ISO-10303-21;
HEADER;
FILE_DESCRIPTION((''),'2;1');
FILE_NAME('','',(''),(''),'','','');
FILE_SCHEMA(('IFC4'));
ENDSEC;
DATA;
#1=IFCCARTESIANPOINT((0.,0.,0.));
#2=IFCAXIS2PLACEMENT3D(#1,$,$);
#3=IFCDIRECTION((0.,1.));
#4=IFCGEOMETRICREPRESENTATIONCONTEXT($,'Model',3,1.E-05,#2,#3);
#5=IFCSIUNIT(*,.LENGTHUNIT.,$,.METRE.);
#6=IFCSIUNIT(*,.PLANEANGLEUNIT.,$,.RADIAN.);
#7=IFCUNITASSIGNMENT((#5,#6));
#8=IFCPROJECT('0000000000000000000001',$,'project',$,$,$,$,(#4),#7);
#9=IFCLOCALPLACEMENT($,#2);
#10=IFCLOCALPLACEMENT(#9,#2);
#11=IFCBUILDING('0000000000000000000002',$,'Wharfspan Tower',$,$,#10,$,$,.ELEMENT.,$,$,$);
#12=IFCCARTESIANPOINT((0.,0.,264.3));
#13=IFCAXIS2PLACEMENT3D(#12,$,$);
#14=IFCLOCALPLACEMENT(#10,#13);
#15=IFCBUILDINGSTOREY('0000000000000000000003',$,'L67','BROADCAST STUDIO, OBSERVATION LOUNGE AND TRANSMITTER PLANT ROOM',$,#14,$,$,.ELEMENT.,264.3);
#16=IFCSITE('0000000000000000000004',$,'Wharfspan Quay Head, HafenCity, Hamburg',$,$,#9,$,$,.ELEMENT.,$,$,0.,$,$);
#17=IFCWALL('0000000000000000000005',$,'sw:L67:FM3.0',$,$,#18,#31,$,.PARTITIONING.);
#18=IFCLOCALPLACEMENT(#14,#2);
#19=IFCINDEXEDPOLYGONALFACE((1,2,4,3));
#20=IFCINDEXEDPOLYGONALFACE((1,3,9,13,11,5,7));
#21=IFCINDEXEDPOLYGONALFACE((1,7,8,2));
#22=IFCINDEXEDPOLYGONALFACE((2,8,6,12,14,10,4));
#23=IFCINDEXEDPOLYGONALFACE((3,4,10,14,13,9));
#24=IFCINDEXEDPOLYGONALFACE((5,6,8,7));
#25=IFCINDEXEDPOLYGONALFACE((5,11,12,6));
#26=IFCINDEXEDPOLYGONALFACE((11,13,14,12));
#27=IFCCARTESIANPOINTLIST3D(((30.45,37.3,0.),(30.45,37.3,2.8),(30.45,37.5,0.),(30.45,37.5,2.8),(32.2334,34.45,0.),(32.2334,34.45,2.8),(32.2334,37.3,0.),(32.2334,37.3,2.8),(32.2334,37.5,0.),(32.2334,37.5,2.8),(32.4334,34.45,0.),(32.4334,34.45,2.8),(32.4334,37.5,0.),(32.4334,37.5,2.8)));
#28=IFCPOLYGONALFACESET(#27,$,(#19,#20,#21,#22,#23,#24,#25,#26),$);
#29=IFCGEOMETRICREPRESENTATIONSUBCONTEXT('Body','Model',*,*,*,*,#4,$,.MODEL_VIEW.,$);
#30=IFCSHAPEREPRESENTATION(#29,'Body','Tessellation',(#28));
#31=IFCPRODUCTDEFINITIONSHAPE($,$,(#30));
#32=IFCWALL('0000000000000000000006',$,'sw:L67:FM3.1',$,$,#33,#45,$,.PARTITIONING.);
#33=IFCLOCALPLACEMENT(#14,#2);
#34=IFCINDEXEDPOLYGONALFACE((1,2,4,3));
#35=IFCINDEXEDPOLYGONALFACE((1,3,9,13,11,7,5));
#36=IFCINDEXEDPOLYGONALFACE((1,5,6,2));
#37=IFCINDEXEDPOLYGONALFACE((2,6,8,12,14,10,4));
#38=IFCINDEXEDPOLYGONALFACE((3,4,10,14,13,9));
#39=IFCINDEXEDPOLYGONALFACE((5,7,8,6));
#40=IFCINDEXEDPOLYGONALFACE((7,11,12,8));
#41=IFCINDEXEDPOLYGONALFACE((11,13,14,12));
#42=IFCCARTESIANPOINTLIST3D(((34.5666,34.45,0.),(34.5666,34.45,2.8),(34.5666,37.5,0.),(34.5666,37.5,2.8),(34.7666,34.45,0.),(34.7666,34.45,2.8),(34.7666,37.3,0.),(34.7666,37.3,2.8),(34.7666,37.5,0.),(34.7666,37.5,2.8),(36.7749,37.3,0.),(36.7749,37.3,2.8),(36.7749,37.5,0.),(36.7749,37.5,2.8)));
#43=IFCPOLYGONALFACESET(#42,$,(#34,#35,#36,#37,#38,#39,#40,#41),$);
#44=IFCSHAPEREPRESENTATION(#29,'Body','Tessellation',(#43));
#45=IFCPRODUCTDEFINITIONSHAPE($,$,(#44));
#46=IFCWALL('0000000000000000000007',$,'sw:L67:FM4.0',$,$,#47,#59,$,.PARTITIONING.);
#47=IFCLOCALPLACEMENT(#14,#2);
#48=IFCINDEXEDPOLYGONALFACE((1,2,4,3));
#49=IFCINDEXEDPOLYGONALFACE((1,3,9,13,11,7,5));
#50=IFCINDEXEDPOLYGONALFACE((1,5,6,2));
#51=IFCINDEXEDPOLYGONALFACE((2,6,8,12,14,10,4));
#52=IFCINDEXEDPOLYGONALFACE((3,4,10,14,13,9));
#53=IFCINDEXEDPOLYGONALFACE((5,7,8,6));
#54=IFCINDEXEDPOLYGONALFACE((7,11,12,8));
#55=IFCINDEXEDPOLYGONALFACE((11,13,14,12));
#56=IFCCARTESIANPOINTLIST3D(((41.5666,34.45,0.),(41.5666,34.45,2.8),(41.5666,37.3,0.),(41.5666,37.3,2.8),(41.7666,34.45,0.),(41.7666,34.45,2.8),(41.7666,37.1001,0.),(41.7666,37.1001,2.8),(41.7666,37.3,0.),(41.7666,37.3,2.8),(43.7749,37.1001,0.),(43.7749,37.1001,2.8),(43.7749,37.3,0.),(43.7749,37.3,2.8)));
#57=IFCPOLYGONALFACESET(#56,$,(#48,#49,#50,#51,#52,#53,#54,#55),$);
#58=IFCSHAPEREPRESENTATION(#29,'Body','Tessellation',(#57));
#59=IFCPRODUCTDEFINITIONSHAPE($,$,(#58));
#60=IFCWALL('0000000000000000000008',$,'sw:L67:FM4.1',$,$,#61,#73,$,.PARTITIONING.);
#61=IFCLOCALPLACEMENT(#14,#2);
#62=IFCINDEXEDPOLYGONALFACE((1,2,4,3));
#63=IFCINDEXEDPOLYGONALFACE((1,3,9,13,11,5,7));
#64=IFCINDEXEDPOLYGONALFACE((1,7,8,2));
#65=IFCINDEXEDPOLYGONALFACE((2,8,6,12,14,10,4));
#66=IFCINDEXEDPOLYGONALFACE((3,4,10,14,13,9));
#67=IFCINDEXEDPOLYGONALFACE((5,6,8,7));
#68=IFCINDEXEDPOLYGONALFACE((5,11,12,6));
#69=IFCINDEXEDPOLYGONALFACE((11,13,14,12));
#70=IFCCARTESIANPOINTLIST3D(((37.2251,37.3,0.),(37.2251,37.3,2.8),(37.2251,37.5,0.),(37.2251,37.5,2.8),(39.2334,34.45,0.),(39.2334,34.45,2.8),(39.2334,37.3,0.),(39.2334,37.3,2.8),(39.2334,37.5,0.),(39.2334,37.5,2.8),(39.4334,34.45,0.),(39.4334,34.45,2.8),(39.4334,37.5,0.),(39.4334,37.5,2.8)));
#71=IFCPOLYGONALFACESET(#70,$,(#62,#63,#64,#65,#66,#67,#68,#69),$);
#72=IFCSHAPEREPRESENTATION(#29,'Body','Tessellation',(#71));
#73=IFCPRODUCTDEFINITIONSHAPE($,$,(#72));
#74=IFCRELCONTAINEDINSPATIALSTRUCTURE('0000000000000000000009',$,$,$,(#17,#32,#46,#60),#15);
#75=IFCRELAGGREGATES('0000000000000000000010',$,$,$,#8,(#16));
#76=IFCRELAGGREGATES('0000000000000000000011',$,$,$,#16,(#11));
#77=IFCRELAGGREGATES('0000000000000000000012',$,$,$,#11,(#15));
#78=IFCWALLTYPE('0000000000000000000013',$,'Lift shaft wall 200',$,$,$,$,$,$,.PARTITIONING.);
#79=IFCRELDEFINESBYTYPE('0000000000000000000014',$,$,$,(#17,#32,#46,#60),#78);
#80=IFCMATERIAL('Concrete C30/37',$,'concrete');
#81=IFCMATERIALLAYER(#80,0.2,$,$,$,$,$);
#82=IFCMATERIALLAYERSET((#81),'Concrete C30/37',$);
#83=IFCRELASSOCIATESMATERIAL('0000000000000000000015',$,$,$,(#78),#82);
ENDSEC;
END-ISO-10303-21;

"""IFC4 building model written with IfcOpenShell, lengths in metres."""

from ifc_helpers import new_model, si_unit, direction, frame, origin, place, context, subcontext, project, spatial, polyline, outline, extrude, material, layer, layer_set, type_object, element, save


model = new_model("IFC4")

# Units and contexts
model_context = context("Model", 3, precision=1e-05, world=origin(), true_north=direction((0.0, 1.0)))
body_context = subcontext(model_context, "Body", "Model", "MODEL_VIEW")
ifc_project = project(units=[si_unit("LENGTHUNIT", "METRE"), si_unit("PLANEANGLEUNIT", "RADIAN")], contexts=[model_context])

# Site, building, storey
site_placement = place(None, origin())
site = spatial("IfcSite", under=ifc_project, at=site_placement, Name="Wharfspan Quay Head, HafenCity, Hamburg", CompositionType="ELEMENT", RefElevation=0.0)
building_placement = place(site_placement, origin())
building = spatial("IfcBuilding", under=site, at=building_placement, Name="Wharfspan Tower", CompositionType="ELEMENT")
storey_placement = place(building_placement, frame((0.0, 0.0, 264.3)))
storey = spatial("IfcBuildingStorey", under=building, at=storey_placement, Name="L67", Description="BROADCAST STUDIO, OBSERVATION LOUNGE AND TRANSMITTER PLANT ROOM", CompositionType="ELEMENT", Elevation=264.3)

# Walls
ifc_material_1 = material(Name="Concrete C30/37", Category="concrete")
ifc_layer_1 = layer(ifc_material_1, 0.2)
ifc_layer_set_1 = layer_set([ifc_layer_1], Name="Concrete C30/37")
wall_type_1 = type_object("IfcWallType", Name="Lift shaft wall 200", PredefinedType="PARTITIONING", material=ifc_layer_set_1)
wall_1_placement = place(storey_placement, origin())
element("IfcWall", 1, at=wall_1_placement, inside=storey, type_object=wall_type_1, Name="sw:L67:FM3.0", PredefinedType="PARTITIONING", context=body_context, shape_type="SweptSolid", body=[
    extrude(outline(polyline([(32.2334, 37.3), (30.45, 37.3), (30.45, 37.5), (32.2334, 37.5), (32.4333, 37.5), (32.4333, 34.45), (32.2334, 34.45), (32.2334, 37.3)])), origin(), (0.0, 0.0, 1.0), 2.8),
])
wall_2_placement = place(storey_placement, origin())
element("IfcWall", 2, at=wall_2_placement, inside=storey, type_object=wall_type_1, Name="sw:L67:FM3.1", PredefinedType="PARTITIONING", context=body_context, shape_type="SweptSolid", body=[
    extrude(outline(polyline([(34.5667, 37.5), (34.7666, 37.5), (36.7749, 37.5), (36.7749, 37.3), (34.7666, 37.3), (34.7666, 34.45), (34.5667, 34.45), (34.5667, 37.5)])), origin(), (0.0, 0.0, 1.0), 2.8),
])
wall_3_placement = place(storey_placement, origin())
element("IfcWall", 3, at=wall_3_placement, inside=storey, type_object=wall_type_1, Name="sw:L67:FM4.0", PredefinedType="PARTITIONING", context=body_context, shape_type="SweptSolid", body=[
    extrude(outline(polyline([(41.5667, 37.3), (41.7666, 37.3), (43.7749, 37.3), (43.7749, 37.1001), (41.7666, 37.1001), (41.7666, 34.45), (41.5667, 34.45), (41.5667, 37.3)])), origin(), (0.0, 0.0, 1.0), 2.8),
])
wall_4_placement = place(storey_placement, origin())
element("IfcWall", 4, at=wall_4_placement, inside=storey, type_object=wall_type_1, Name="sw:L67:FM4.1", PredefinedType="PARTITIONING", context=body_context, shape_type="SweptSolid", body=[
    extrude(outline(polyline([(39.2334, 37.3), (37.2251, 37.3), (37.2251, 37.5), (39.2334, 37.5), (39.4333, 37.5), (39.4333, 34.45), (39.2334, 34.45), (39.2334, 37.3)])), origin(), (0.0, 0.0, 1.0), 2.8),
])

save(model, "model.ifc")
